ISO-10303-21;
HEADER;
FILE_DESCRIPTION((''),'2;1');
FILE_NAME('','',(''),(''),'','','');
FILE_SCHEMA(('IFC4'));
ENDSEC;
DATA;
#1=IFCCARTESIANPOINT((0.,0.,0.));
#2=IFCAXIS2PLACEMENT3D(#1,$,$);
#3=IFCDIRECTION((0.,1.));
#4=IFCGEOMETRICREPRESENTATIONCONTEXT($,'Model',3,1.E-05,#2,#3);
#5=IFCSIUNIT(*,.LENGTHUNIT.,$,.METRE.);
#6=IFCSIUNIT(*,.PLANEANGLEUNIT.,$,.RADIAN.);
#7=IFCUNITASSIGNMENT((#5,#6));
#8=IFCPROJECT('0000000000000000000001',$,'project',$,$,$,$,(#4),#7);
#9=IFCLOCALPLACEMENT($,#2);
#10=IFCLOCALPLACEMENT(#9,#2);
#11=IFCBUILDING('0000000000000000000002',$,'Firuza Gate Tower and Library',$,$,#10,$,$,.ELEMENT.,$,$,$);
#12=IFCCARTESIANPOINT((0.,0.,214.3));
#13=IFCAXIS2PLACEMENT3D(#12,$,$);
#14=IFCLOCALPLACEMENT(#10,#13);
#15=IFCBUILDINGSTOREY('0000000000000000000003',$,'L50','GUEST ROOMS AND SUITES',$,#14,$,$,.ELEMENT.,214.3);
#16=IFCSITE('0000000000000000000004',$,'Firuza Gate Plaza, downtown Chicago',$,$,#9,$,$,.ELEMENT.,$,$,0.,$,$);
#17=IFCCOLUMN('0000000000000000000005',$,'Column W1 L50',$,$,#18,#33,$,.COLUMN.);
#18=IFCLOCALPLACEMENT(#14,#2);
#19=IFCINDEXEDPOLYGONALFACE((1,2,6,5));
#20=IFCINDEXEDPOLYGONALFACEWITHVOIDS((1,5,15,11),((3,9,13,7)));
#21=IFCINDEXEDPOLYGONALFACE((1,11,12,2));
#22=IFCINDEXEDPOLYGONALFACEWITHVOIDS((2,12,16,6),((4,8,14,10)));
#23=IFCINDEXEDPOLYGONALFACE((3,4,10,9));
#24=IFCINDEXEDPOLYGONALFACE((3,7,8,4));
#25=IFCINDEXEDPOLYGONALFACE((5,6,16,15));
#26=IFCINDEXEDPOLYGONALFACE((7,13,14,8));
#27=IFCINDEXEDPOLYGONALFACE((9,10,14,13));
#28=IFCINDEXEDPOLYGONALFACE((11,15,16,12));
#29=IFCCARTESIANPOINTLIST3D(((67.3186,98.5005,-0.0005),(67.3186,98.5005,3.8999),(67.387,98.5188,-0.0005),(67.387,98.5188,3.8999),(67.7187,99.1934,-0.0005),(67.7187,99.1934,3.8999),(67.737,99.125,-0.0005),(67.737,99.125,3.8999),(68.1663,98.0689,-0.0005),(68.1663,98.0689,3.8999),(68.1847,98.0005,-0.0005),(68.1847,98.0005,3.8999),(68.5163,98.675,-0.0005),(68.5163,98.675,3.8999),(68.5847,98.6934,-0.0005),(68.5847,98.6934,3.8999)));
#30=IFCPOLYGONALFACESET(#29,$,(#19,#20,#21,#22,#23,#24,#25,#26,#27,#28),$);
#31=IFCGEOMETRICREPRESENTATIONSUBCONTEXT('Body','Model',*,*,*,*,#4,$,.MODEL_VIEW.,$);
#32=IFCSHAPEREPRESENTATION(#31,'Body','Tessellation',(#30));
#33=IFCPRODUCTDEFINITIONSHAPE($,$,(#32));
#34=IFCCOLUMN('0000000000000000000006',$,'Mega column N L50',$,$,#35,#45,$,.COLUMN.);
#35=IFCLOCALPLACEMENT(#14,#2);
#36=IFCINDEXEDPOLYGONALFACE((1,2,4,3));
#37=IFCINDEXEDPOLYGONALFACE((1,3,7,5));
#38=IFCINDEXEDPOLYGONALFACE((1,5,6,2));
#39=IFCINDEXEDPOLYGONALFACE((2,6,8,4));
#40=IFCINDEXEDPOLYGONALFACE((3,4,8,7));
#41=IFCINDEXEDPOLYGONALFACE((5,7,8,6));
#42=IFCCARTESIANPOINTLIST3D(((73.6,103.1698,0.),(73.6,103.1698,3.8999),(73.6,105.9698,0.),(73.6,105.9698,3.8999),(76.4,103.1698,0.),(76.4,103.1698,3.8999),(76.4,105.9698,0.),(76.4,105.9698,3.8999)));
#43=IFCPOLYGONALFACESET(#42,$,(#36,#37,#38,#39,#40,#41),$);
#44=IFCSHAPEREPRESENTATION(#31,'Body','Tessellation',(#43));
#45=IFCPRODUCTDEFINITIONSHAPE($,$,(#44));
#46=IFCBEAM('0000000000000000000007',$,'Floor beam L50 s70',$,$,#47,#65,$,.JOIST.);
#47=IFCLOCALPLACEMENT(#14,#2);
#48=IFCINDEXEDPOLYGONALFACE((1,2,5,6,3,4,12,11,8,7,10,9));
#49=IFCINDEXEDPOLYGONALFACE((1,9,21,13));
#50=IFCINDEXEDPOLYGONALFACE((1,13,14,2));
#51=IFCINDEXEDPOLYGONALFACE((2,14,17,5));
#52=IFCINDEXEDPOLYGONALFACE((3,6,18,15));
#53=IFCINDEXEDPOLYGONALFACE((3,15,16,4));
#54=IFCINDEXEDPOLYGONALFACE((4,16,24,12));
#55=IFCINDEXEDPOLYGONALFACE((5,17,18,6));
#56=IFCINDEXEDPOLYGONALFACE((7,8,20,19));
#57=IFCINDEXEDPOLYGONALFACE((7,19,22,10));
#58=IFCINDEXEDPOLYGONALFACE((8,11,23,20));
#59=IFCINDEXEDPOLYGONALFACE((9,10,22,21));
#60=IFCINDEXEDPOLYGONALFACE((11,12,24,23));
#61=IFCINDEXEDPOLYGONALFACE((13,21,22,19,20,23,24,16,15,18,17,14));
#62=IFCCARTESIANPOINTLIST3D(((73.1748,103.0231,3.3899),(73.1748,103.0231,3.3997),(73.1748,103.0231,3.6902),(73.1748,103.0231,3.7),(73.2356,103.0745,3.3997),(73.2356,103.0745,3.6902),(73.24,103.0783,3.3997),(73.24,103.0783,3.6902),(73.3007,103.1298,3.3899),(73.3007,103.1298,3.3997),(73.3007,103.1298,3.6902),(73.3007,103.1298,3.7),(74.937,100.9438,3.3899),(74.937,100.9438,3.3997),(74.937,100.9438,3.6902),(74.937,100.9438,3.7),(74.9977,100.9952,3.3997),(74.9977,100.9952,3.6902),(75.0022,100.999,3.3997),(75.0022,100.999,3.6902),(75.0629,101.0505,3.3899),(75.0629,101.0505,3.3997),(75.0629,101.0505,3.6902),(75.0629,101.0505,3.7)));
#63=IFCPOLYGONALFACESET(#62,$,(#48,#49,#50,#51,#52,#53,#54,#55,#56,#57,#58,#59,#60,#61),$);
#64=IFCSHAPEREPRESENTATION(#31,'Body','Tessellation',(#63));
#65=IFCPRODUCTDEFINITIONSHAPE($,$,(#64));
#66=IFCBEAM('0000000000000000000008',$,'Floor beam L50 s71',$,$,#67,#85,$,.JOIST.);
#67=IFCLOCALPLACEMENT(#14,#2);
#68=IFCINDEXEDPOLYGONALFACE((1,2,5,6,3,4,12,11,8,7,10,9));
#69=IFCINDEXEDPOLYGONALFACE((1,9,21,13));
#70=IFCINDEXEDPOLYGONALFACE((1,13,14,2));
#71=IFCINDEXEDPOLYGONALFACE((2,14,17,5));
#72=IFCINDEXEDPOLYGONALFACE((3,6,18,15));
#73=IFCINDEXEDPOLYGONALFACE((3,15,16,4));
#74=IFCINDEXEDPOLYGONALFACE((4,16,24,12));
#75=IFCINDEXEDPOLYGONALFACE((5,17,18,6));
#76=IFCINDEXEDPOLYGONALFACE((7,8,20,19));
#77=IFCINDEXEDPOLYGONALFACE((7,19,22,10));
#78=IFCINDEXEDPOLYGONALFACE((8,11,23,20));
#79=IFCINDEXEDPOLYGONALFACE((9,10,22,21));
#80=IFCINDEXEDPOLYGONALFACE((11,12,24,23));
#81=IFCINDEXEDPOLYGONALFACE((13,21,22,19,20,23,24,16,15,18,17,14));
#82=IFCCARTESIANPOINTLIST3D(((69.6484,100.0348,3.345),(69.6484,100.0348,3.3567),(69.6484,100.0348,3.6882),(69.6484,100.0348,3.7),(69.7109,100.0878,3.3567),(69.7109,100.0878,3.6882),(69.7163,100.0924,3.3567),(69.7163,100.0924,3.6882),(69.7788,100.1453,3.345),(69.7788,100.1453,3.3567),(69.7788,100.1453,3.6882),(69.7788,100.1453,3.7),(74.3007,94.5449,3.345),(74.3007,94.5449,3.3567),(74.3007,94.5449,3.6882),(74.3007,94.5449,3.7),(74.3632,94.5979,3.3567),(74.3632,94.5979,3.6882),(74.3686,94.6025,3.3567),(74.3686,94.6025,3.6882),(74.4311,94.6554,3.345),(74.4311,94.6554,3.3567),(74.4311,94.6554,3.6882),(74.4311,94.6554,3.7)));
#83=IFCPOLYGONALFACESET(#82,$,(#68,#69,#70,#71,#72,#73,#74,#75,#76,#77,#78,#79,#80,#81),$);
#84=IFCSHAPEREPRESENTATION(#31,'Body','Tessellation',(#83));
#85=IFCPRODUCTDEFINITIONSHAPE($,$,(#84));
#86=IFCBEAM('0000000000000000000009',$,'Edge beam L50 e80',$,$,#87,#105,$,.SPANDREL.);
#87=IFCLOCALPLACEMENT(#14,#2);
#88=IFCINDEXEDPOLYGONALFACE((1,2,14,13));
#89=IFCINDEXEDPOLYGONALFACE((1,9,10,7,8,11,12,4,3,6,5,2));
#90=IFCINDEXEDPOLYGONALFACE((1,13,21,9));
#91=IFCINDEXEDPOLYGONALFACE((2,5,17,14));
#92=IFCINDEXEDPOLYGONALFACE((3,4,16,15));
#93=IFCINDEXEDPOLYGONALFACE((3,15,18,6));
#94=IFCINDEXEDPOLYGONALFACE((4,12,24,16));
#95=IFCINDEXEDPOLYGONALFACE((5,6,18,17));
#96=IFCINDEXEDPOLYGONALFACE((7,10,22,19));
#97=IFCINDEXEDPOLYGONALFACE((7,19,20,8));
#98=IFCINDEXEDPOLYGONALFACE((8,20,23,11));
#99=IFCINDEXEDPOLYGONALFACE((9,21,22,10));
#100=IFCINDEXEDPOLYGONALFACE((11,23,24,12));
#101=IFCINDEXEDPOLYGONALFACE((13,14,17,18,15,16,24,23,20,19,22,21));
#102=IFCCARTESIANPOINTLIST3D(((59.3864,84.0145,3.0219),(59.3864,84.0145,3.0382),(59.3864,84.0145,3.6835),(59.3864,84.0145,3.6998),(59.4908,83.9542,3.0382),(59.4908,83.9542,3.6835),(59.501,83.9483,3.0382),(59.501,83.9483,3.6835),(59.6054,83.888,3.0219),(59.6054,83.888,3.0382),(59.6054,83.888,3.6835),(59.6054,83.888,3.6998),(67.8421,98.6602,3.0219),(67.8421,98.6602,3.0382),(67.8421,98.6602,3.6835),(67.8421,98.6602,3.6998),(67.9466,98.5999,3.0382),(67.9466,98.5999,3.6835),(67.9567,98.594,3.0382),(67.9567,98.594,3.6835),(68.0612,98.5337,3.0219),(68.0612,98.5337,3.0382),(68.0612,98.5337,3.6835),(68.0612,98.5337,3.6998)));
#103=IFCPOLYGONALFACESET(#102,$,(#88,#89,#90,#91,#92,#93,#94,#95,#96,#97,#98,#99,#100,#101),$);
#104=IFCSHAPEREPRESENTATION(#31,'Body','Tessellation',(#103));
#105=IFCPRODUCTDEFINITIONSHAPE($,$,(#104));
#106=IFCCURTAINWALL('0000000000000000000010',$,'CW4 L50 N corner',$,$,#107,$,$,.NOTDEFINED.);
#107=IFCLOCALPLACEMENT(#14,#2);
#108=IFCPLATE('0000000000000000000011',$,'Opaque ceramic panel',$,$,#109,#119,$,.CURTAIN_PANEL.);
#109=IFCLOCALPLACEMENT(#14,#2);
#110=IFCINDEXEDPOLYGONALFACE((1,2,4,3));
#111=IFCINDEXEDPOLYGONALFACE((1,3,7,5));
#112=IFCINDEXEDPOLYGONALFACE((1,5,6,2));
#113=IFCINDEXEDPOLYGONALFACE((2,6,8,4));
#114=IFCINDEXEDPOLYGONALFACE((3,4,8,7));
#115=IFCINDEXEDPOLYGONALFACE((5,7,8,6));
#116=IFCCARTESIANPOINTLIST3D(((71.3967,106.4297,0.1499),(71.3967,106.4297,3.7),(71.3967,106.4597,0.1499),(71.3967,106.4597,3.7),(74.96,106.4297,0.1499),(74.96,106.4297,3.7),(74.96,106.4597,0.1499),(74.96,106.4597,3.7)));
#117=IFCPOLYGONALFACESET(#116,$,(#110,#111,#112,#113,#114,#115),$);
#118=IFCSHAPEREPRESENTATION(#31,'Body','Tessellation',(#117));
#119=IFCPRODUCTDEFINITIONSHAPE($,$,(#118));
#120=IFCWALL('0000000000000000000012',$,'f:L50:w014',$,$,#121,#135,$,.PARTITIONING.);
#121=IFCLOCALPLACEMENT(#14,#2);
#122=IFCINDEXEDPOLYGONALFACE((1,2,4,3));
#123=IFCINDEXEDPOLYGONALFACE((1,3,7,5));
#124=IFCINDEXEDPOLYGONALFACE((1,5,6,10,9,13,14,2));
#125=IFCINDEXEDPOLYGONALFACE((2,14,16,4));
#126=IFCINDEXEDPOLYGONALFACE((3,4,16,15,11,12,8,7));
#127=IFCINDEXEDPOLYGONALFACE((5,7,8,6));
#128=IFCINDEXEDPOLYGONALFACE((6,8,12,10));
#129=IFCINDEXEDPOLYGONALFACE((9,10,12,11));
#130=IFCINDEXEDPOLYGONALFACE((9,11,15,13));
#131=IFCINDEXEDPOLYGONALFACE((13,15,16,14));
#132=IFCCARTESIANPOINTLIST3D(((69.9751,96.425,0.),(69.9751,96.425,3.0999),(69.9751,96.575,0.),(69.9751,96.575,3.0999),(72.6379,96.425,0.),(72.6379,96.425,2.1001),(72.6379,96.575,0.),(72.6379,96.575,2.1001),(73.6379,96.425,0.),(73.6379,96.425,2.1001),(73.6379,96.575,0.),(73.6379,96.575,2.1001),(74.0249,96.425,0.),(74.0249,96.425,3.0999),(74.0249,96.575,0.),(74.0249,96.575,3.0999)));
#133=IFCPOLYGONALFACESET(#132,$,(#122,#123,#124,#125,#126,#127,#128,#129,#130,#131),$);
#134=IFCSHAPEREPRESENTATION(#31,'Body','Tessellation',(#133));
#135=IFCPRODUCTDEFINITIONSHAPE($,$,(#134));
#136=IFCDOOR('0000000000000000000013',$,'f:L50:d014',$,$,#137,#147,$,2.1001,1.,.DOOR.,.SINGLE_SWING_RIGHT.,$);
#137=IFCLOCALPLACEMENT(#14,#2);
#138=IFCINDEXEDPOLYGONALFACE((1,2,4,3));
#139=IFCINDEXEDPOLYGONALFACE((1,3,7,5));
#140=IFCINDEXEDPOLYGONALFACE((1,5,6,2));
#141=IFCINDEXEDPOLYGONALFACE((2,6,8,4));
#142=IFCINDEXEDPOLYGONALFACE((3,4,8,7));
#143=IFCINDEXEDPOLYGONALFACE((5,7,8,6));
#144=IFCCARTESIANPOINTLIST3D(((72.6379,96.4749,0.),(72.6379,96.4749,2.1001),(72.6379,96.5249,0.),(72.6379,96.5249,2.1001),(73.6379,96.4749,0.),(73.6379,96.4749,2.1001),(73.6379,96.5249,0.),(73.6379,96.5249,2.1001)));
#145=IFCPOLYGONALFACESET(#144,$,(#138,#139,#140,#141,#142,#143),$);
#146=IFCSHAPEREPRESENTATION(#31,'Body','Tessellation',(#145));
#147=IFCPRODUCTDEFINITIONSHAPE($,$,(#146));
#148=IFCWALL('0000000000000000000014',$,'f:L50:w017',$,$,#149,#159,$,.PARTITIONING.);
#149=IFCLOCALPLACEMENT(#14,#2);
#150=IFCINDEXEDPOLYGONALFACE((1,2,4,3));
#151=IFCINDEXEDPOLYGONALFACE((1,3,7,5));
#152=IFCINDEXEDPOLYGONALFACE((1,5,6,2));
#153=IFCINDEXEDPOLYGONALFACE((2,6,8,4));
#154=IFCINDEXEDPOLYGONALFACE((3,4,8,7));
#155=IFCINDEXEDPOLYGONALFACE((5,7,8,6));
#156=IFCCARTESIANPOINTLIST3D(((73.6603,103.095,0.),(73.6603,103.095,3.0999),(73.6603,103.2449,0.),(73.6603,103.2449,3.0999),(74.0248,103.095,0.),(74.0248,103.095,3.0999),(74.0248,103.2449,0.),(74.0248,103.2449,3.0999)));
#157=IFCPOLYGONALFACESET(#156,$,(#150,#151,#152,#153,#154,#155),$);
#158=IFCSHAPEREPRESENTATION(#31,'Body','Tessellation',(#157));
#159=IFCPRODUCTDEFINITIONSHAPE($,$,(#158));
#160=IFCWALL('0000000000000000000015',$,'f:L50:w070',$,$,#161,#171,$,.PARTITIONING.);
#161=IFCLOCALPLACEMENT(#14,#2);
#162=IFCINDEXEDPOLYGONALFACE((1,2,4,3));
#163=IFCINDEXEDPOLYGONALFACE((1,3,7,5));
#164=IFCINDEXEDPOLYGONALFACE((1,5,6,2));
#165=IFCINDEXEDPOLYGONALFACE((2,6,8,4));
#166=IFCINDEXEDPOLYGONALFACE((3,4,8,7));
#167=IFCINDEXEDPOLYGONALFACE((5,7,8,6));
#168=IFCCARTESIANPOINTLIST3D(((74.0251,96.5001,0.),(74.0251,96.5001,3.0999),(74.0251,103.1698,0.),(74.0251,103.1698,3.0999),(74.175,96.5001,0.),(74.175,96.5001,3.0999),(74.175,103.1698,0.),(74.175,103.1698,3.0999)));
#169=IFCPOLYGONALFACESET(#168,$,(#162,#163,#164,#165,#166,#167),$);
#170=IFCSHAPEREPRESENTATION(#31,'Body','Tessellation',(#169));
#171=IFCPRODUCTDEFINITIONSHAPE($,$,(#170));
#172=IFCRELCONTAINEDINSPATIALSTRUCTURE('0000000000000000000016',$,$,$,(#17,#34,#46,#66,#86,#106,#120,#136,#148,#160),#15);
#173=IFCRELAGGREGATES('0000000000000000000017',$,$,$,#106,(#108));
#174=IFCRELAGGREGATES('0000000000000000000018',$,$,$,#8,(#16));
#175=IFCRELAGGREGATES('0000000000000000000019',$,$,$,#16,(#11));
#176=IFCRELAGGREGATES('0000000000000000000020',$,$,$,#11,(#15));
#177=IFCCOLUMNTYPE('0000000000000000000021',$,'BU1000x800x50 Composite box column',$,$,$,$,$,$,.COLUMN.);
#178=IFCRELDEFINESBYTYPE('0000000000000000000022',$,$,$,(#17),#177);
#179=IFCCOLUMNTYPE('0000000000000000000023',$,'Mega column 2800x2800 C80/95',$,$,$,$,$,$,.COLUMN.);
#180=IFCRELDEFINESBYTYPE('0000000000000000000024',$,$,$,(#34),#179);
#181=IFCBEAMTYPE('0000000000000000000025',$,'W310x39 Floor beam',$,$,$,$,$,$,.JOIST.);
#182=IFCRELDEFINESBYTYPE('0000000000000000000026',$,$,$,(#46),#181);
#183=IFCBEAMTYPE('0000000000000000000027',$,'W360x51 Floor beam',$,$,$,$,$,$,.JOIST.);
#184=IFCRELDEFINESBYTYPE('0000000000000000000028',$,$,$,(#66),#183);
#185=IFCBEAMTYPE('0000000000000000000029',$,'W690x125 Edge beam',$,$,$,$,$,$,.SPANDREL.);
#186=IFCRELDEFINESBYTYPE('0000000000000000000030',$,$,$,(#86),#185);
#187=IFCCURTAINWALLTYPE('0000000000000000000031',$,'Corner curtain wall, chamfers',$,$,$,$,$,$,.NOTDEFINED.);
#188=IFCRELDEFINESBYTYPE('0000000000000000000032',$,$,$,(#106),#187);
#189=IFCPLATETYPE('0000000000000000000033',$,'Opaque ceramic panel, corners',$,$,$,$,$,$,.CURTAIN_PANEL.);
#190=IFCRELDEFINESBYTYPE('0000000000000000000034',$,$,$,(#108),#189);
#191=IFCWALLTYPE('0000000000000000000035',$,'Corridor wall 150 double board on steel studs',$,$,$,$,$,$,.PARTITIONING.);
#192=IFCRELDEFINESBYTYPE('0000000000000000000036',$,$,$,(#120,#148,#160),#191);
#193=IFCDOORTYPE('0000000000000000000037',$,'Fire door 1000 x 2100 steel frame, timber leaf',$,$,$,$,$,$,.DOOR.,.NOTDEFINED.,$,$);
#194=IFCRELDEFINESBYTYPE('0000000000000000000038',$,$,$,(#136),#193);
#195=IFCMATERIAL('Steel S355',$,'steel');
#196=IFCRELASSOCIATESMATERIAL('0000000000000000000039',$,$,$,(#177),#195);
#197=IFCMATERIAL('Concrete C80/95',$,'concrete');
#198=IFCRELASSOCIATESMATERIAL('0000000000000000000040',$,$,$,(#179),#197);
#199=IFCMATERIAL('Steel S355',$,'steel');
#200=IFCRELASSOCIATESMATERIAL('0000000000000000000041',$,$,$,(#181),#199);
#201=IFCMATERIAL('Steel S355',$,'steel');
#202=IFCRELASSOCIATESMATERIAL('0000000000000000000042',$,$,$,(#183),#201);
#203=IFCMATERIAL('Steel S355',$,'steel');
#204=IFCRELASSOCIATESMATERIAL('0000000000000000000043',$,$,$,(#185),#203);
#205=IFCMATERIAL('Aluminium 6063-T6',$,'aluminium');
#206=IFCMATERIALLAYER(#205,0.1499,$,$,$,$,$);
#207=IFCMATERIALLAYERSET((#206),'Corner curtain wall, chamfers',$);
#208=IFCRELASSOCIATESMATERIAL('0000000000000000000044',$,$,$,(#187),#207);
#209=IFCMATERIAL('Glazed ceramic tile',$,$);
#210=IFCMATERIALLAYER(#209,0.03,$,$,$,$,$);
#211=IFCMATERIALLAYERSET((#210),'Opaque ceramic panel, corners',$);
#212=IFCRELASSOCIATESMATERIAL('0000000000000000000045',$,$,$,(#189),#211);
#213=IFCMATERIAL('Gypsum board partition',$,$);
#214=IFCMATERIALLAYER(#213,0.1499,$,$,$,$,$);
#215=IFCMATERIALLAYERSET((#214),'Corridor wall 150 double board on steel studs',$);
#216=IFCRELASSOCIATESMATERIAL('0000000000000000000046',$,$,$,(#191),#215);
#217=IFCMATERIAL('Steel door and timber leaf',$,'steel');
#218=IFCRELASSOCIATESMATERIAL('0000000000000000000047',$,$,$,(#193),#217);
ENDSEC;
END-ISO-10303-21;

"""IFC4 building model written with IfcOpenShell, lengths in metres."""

from ifc_helpers import new_model, si_unit, direction, frame, frame_2d, origin, origin_2d, place, context, subcontext, project, spatial, polyline, rectangle, hollow_rectangle, i_section, outline, extrude, material, layer, layer_set, material_profile, profile_set, type_object, element, fill, aggregate, save


model = new_model("IFC4")

# Units and contexts
model_context = context("Model", 3, precision=1e-05, world=origin(), true_north=direction((0.0, 1.0)))
body_context = subcontext(model_context, "Body", "Model", "MODEL_VIEW")
ifc_project = project(units=[si_unit("LENGTHUNIT", "METRE"), si_unit("PLANEANGLEUNIT", "RADIAN")], contexts=[model_context])

# Site, building, storey
site_placement = place(None, origin())
site = spatial("IfcSite", under=ifc_project, at=site_placement, Name="Firuza Gate Plaza, downtown Chicago", CompositionType="ELEMENT", RefElevation=0.0)
building_placement = place(site_placement, origin())
building = spatial("IfcBuilding", under=site, at=building_placement, Name="Firuza Gate Tower and Library", CompositionType="ELEMENT")
storey_placement = place(building_placement, frame((0.0, 0.0, 214.3)))
storey = spatial("IfcBuildingStorey", under=building, at=storey_placement, Name="L50", Description="GUEST ROOMS AND SUITES", CompositionType="ELEMENT", Elevation=214.3)

# Columns
ifc_material_1 = material(Name="Steel S355", Category="steel")
ifc_material_profile_1 = material_profile(ifc_material_1, hollow_rectangle(XDim=0.8, YDim=1.0, WallThickness=0.05, at=origin_2d()))
ifc_profile_set_1 = profile_set([ifc_material_profile_1], Name="Steel S355")
column_type_1 = type_object("IfcColumnType", Name="BU1000x800x50 Composite box column", PredefinedType="COLUMN", material=ifc_profile_set_1)
column_1_placement = place(storey_placement, frame((67.9517, 98.5969, -0.0005), z_axis=(0.0, 0.0, 1.0), x_axis=(-0.5, -0.866025, 0.0)))
element("IfcColumn", 1, at=column_1_placement, inside=storey, type_object=column_type_1, Name="Column W1 L50", PredefinedType="COLUMN", context=body_context, shape_type="SweptSolid", body=[
    extrude(hollow_rectangle(XDim=0.8, YDim=1.0, WallThickness=0.05, at=origin_2d()), origin(), (0.0, 0.0, 1.0), 3.9004),
])
ifc_material_2 = material(Name="Concrete C80/95", Category="concrete")
ifc_material_profile_2 = material_profile(ifc_material_2, rectangle(XDim=2.8, YDim=2.8, at=origin_2d()))
ifc_profile_set_2 = profile_set([ifc_material_profile_2], Name="Concrete C80/95")
column_type_2 = type_object("IfcColumnType", Name="Mega column 2800x2800 C80/95", PredefinedType="COLUMN", material=ifc_profile_set_2)
column_2_placement = place(storey_placement, frame((75.0, 104.5698, 0.0), z_axis=(0.0, 0.0, 1.0), x_axis=(-1.0, 0.0, 0.0)))
element("IfcColumn", 2, at=column_2_placement, inside=storey, type_object=column_type_2, Name="Mega column N L50", PredefinedType="COLUMN", context=body_context, shape_type="SweptSolid", body=[
    extrude(rectangle(XDim=2.8, YDim=2.8, at=origin_2d()), origin(), (0.0, 0.0, 1.0), 3.8999),
])

# Beams
ifc_material_3 = material(Name="Steel S355", Category="steel")
ifc_material_profile_3 = material_profile(ifc_material_3, i_section(OverallWidth=0.165, OverallDepth=0.3101, WebThickness=0.0059, FlangeThickness=0.0098, at=origin_2d()))
ifc_profile_set_3 = profile_set([ifc_material_profile_3], Name="Steel S355")
beam_type_1 = type_object("IfcBeamType", Name="W310x39 Floor beam", PredefinedType="JOIST", material=ifc_profile_set_3)
beam_1_placement = place(storey_placement, frame((73.2378, 103.0764, 3.5449), z_axis=(0.646532, -0.762887, 0.0), x_axis=(0.762887, 0.646532, 0.0)))
element("IfcBeam", 3, at=beam_1_placement, inside=storey, type_object=beam_type_1, Name="Floor beam L50 s70", PredefinedType="JOIST", context=body_context, shape_type="SweptSolid", body=[
    extrude(i_section(OverallWidth=0.165, OverallDepth=0.3101, WebThickness=0.0059, FlangeThickness=0.0098, at=origin_2d()), origin(), (0.0, 0.0, 1.0), 2.7256),
])
ifc_material_4 = material(Name="Steel S355", Category="steel")
ifc_material_profile_4 = material_profile(ifc_material_4, i_section(OverallWidth=0.1709, OverallDepth=0.355, WebThickness=0.0071, FlangeThickness=0.0117, at=origin_2d()))
ifc_profile_set_4 = profile_set([ifc_material_profile_4], Name="Steel S355")
beam_type_2 = type_object("IfcBeamType", Name="W360x51 Floor beam", PredefinedType="JOIST", material=ifc_profile_set_4)
beam_2_placement = place(storey_placement, frame((69.7136, 100.0901, 3.5225), z_axis=(0.646506, -0.762909, 0.0), x_axis=(0.762909, 0.646506, 0.0)))
element("IfcBeam", 4, at=beam_2_placement, inside=storey, type_object=beam_type_2, Name="Floor beam L50 s71", PredefinedType="JOIST", context=body_context, shape_type="SweptSolid", body=[
    extrude(i_section(OverallWidth=0.1709, OverallDepth=0.355, WebThickness=0.0071, FlangeThickness=0.0117, at=origin_2d()), origin(), (0.0, 0.0, 1.0), 7.196),
])
ifc_material_5 = material(Name="Steel S355", Category="steel")
ifc_material_profile_5 = material_profile(ifc_material_5, i_section(OverallWidth=0.2529, OverallDepth=0.678, WebThickness=0.0117, FlangeThickness=0.0164, at=origin_2d()))
ifc_profile_set_5 = profile_set([ifc_material_profile_5], Name="Steel S355")
beam_type_3 = type_object("IfcBeamType", Name="W690x125 Edge beam", PredefinedType="SPANDREL", material=ifc_profile_set_5)
beam_3_placement = place(storey_placement, frame((67.9517, 98.5969, 3.3608), z_axis=(-0.500004, -0.866023, 0.0), x_axis=(0.866023, -0.500004, 0.0)))
element("IfcBeam", 5, at=beam_3_placement, inside=storey, type_object=beam_type_3, Name="Edge beam L50 e80", PredefinedType="SPANDREL", context=body_context, shape_type="SweptSolid", body=[
    extrude(i_section(OverallWidth=0.2529, OverallDepth=0.678, WebThickness=0.0117, FlangeThickness=0.0164, at=origin_2d()), origin(), (0.0, 0.0, 1.0), 16.9114),
])

# Curtain wall, plate
ifc_material_6 = material(Name="Aluminium 6063-T6", Category="aluminium")
ifc_layer_1 = layer(ifc_material_6, 0.1499)
ifc_layer_set_1 = layer_set([ifc_layer_1], Name="Corner curtain wall, chamfers")
curtain_wall_type = type_object("IfcCurtainWallType", Name="Corner curtain wall, chamfers", PredefinedType="NOTDEFINED", material=ifc_layer_set_1)
curtain_wall_placement = place(storey_placement, origin())
curtain_wall = element("IfcCurtainWall", 6, at=curtain_wall_placement, inside=storey, type_object=curtain_wall_type, Name="CW4 L50 N corner", PredefinedType="NOTDEFINED")
ifc_material_7 = material(Name="Glazed ceramic tile")
ifc_layer_2 = layer(ifc_material_7, 0.03)
ifc_layer_set_2 = layer_set([ifc_layer_2], Name="Opaque ceramic panel, corners")
plate_type = type_object("IfcPlateType", Name="Opaque ceramic panel, corners", PredefinedType="CURTAIN_PANEL", material=ifc_layer_set_2)
plate_placement = place(storey_placement, frame((74.96, 106.4597, 0.1499), z_axis=(0.0, 1.0, 0.0), x_axis=(-1.0, 0.0, 0.0)))
plate = element("IfcPlate", 7, at=plate_placement, type_object=plate_type, Name="Opaque ceramic panel", PredefinedType="CURTAIN_PANEL", context=body_context, shape_type="SweptSolid", body=[
    extrude(outline(polyline([(0.0, 0.0), (3.5632, 0.0), (3.5632, 3.55), (0.0, 3.55), (0.0, 0.0)])), origin(), (0.0, 0.0, -1.0), 0.03),
])
aggregate(curtain_wall, [plate])

# Wall, opening, door
ifc_material_8 = material(Name="Gypsum board partition")
ifc_layer_3 = layer(ifc_material_8, 0.1499)
ifc_layer_set_3 = layer_set([ifc_layer_3], Name="Corridor wall 150 double board on steel studs")
wall_type_1 = type_object("IfcWallType", Name="Corridor wall 150 double board on steel studs", PredefinedType="PARTITIONING", material=ifc_layer_set_3)
wall_1_placement = place(storey_placement, frame((69.9751, 96.5, 0.0), z_axis=(0.0, 0.0, 1.0), x_axis=(1.0, 0.0, 0.0)))
wall_1 = element("IfcWall", 8, at=wall_1_placement, inside=storey, type_object=wall_type_1, Name="f:L50:w014", PredefinedType="PARTITIONING", context=body_context, shape_type="SweptSolid", body=[
    extrude(rectangle(XDim=4.0498, YDim=0.1499, at=frame_2d((2.0249, 0.0))), origin(), (0.0, 0.0, 1.0), 3.0999),
])
opening_1_placement = place(wall_1_placement, frame((2.6628, 0.0, 0.0)))
opening_1 = element("IfcOpeningElement", 9, at=opening_1_placement, cuts=wall_1, PredefinedType="OPENING", context=body_context, shape_type="SweptSolid", body=[
    extrude(rectangle(XDim=1.0, YDim=2.1001, at=frame_2d((0.5, 1.05))), frame((0.0, 0.085, 0.0), z_axis=(0.0, -1.0, 0.0), x_axis=(1.0, 0.0, 0.0)), (0.0, 0.0, 1.0), 0.1699),
])
ifc_material_9 = material(Name="Steel door and timber leaf", Category="steel")
door_type_1 = type_object("IfcDoorType", Name="Fire door 1000 x 2100 steel frame, timber leaf", OperationType="NOTDEFINED", PredefinedType="DOOR", material=ifc_material_9)
door_1_placement = place(opening_1_placement, origin())
door_1 = element("IfcDoor", 10, at=door_1_placement, inside=storey, type_object=door_type_1, Name="f:L50:d014", OperationType="SINGLE_SWING_RIGHT", OverallHeight=2.1001, OverallWidth=1.0, PredefinedType="DOOR", context=body_context, shape_type="SweptSolid", body=[
    extrude(rectangle(XDim=1.0, YDim=2.1001, at=frame_2d((0.5, 1.05))), frame((0.0, 0.0249, 0.0), z_axis=(0.0, -1.0, 0.0), x_axis=(1.0, 0.0, 0.0)), (0.0, 0.0, 1.0), 0.05),
])
fill(opening_1, door_1)

# Walls
wall_2_placement = place(storey_placement, frame((73.6604, 103.1699, 0.0), z_axis=(0.0, 0.0, 1.0), x_axis=(1.0, 0.0, 0.0)))
element("IfcWall", 11, at=wall_2_placement, inside=storey, type_object=wall_type_1, Name="f:L50:w017", PredefinedType="PARTITIONING", context=body_context, shape_type="SweptSolid", body=[
    extrude(rectangle(XDim=0.3645, YDim=0.1499, at=frame_2d((0.1821, 0.0))), origin(), (0.0, 0.0, 1.0), 3.0999),
])
wall_3_placement = place(storey_placement, frame((74.1001, 96.5, 0.0), z_axis=(0.0, 0.0, 1.0), x_axis=(0.0, 1.0, 0.0)))
element("IfcWall", 12, at=wall_3_placement, inside=storey, type_object=wall_type_1, Name="f:L50:w070", PredefinedType="PARTITIONING", context=body_context, shape_type="SweptSolid", body=[
    extrude(rectangle(XDim=6.6697, YDim=0.1499, at=frame_2d((3.335, 0.0))), origin(), (0.0, 0.0, 1.0), 3.0999),
])

save(model, "model.ifc")
